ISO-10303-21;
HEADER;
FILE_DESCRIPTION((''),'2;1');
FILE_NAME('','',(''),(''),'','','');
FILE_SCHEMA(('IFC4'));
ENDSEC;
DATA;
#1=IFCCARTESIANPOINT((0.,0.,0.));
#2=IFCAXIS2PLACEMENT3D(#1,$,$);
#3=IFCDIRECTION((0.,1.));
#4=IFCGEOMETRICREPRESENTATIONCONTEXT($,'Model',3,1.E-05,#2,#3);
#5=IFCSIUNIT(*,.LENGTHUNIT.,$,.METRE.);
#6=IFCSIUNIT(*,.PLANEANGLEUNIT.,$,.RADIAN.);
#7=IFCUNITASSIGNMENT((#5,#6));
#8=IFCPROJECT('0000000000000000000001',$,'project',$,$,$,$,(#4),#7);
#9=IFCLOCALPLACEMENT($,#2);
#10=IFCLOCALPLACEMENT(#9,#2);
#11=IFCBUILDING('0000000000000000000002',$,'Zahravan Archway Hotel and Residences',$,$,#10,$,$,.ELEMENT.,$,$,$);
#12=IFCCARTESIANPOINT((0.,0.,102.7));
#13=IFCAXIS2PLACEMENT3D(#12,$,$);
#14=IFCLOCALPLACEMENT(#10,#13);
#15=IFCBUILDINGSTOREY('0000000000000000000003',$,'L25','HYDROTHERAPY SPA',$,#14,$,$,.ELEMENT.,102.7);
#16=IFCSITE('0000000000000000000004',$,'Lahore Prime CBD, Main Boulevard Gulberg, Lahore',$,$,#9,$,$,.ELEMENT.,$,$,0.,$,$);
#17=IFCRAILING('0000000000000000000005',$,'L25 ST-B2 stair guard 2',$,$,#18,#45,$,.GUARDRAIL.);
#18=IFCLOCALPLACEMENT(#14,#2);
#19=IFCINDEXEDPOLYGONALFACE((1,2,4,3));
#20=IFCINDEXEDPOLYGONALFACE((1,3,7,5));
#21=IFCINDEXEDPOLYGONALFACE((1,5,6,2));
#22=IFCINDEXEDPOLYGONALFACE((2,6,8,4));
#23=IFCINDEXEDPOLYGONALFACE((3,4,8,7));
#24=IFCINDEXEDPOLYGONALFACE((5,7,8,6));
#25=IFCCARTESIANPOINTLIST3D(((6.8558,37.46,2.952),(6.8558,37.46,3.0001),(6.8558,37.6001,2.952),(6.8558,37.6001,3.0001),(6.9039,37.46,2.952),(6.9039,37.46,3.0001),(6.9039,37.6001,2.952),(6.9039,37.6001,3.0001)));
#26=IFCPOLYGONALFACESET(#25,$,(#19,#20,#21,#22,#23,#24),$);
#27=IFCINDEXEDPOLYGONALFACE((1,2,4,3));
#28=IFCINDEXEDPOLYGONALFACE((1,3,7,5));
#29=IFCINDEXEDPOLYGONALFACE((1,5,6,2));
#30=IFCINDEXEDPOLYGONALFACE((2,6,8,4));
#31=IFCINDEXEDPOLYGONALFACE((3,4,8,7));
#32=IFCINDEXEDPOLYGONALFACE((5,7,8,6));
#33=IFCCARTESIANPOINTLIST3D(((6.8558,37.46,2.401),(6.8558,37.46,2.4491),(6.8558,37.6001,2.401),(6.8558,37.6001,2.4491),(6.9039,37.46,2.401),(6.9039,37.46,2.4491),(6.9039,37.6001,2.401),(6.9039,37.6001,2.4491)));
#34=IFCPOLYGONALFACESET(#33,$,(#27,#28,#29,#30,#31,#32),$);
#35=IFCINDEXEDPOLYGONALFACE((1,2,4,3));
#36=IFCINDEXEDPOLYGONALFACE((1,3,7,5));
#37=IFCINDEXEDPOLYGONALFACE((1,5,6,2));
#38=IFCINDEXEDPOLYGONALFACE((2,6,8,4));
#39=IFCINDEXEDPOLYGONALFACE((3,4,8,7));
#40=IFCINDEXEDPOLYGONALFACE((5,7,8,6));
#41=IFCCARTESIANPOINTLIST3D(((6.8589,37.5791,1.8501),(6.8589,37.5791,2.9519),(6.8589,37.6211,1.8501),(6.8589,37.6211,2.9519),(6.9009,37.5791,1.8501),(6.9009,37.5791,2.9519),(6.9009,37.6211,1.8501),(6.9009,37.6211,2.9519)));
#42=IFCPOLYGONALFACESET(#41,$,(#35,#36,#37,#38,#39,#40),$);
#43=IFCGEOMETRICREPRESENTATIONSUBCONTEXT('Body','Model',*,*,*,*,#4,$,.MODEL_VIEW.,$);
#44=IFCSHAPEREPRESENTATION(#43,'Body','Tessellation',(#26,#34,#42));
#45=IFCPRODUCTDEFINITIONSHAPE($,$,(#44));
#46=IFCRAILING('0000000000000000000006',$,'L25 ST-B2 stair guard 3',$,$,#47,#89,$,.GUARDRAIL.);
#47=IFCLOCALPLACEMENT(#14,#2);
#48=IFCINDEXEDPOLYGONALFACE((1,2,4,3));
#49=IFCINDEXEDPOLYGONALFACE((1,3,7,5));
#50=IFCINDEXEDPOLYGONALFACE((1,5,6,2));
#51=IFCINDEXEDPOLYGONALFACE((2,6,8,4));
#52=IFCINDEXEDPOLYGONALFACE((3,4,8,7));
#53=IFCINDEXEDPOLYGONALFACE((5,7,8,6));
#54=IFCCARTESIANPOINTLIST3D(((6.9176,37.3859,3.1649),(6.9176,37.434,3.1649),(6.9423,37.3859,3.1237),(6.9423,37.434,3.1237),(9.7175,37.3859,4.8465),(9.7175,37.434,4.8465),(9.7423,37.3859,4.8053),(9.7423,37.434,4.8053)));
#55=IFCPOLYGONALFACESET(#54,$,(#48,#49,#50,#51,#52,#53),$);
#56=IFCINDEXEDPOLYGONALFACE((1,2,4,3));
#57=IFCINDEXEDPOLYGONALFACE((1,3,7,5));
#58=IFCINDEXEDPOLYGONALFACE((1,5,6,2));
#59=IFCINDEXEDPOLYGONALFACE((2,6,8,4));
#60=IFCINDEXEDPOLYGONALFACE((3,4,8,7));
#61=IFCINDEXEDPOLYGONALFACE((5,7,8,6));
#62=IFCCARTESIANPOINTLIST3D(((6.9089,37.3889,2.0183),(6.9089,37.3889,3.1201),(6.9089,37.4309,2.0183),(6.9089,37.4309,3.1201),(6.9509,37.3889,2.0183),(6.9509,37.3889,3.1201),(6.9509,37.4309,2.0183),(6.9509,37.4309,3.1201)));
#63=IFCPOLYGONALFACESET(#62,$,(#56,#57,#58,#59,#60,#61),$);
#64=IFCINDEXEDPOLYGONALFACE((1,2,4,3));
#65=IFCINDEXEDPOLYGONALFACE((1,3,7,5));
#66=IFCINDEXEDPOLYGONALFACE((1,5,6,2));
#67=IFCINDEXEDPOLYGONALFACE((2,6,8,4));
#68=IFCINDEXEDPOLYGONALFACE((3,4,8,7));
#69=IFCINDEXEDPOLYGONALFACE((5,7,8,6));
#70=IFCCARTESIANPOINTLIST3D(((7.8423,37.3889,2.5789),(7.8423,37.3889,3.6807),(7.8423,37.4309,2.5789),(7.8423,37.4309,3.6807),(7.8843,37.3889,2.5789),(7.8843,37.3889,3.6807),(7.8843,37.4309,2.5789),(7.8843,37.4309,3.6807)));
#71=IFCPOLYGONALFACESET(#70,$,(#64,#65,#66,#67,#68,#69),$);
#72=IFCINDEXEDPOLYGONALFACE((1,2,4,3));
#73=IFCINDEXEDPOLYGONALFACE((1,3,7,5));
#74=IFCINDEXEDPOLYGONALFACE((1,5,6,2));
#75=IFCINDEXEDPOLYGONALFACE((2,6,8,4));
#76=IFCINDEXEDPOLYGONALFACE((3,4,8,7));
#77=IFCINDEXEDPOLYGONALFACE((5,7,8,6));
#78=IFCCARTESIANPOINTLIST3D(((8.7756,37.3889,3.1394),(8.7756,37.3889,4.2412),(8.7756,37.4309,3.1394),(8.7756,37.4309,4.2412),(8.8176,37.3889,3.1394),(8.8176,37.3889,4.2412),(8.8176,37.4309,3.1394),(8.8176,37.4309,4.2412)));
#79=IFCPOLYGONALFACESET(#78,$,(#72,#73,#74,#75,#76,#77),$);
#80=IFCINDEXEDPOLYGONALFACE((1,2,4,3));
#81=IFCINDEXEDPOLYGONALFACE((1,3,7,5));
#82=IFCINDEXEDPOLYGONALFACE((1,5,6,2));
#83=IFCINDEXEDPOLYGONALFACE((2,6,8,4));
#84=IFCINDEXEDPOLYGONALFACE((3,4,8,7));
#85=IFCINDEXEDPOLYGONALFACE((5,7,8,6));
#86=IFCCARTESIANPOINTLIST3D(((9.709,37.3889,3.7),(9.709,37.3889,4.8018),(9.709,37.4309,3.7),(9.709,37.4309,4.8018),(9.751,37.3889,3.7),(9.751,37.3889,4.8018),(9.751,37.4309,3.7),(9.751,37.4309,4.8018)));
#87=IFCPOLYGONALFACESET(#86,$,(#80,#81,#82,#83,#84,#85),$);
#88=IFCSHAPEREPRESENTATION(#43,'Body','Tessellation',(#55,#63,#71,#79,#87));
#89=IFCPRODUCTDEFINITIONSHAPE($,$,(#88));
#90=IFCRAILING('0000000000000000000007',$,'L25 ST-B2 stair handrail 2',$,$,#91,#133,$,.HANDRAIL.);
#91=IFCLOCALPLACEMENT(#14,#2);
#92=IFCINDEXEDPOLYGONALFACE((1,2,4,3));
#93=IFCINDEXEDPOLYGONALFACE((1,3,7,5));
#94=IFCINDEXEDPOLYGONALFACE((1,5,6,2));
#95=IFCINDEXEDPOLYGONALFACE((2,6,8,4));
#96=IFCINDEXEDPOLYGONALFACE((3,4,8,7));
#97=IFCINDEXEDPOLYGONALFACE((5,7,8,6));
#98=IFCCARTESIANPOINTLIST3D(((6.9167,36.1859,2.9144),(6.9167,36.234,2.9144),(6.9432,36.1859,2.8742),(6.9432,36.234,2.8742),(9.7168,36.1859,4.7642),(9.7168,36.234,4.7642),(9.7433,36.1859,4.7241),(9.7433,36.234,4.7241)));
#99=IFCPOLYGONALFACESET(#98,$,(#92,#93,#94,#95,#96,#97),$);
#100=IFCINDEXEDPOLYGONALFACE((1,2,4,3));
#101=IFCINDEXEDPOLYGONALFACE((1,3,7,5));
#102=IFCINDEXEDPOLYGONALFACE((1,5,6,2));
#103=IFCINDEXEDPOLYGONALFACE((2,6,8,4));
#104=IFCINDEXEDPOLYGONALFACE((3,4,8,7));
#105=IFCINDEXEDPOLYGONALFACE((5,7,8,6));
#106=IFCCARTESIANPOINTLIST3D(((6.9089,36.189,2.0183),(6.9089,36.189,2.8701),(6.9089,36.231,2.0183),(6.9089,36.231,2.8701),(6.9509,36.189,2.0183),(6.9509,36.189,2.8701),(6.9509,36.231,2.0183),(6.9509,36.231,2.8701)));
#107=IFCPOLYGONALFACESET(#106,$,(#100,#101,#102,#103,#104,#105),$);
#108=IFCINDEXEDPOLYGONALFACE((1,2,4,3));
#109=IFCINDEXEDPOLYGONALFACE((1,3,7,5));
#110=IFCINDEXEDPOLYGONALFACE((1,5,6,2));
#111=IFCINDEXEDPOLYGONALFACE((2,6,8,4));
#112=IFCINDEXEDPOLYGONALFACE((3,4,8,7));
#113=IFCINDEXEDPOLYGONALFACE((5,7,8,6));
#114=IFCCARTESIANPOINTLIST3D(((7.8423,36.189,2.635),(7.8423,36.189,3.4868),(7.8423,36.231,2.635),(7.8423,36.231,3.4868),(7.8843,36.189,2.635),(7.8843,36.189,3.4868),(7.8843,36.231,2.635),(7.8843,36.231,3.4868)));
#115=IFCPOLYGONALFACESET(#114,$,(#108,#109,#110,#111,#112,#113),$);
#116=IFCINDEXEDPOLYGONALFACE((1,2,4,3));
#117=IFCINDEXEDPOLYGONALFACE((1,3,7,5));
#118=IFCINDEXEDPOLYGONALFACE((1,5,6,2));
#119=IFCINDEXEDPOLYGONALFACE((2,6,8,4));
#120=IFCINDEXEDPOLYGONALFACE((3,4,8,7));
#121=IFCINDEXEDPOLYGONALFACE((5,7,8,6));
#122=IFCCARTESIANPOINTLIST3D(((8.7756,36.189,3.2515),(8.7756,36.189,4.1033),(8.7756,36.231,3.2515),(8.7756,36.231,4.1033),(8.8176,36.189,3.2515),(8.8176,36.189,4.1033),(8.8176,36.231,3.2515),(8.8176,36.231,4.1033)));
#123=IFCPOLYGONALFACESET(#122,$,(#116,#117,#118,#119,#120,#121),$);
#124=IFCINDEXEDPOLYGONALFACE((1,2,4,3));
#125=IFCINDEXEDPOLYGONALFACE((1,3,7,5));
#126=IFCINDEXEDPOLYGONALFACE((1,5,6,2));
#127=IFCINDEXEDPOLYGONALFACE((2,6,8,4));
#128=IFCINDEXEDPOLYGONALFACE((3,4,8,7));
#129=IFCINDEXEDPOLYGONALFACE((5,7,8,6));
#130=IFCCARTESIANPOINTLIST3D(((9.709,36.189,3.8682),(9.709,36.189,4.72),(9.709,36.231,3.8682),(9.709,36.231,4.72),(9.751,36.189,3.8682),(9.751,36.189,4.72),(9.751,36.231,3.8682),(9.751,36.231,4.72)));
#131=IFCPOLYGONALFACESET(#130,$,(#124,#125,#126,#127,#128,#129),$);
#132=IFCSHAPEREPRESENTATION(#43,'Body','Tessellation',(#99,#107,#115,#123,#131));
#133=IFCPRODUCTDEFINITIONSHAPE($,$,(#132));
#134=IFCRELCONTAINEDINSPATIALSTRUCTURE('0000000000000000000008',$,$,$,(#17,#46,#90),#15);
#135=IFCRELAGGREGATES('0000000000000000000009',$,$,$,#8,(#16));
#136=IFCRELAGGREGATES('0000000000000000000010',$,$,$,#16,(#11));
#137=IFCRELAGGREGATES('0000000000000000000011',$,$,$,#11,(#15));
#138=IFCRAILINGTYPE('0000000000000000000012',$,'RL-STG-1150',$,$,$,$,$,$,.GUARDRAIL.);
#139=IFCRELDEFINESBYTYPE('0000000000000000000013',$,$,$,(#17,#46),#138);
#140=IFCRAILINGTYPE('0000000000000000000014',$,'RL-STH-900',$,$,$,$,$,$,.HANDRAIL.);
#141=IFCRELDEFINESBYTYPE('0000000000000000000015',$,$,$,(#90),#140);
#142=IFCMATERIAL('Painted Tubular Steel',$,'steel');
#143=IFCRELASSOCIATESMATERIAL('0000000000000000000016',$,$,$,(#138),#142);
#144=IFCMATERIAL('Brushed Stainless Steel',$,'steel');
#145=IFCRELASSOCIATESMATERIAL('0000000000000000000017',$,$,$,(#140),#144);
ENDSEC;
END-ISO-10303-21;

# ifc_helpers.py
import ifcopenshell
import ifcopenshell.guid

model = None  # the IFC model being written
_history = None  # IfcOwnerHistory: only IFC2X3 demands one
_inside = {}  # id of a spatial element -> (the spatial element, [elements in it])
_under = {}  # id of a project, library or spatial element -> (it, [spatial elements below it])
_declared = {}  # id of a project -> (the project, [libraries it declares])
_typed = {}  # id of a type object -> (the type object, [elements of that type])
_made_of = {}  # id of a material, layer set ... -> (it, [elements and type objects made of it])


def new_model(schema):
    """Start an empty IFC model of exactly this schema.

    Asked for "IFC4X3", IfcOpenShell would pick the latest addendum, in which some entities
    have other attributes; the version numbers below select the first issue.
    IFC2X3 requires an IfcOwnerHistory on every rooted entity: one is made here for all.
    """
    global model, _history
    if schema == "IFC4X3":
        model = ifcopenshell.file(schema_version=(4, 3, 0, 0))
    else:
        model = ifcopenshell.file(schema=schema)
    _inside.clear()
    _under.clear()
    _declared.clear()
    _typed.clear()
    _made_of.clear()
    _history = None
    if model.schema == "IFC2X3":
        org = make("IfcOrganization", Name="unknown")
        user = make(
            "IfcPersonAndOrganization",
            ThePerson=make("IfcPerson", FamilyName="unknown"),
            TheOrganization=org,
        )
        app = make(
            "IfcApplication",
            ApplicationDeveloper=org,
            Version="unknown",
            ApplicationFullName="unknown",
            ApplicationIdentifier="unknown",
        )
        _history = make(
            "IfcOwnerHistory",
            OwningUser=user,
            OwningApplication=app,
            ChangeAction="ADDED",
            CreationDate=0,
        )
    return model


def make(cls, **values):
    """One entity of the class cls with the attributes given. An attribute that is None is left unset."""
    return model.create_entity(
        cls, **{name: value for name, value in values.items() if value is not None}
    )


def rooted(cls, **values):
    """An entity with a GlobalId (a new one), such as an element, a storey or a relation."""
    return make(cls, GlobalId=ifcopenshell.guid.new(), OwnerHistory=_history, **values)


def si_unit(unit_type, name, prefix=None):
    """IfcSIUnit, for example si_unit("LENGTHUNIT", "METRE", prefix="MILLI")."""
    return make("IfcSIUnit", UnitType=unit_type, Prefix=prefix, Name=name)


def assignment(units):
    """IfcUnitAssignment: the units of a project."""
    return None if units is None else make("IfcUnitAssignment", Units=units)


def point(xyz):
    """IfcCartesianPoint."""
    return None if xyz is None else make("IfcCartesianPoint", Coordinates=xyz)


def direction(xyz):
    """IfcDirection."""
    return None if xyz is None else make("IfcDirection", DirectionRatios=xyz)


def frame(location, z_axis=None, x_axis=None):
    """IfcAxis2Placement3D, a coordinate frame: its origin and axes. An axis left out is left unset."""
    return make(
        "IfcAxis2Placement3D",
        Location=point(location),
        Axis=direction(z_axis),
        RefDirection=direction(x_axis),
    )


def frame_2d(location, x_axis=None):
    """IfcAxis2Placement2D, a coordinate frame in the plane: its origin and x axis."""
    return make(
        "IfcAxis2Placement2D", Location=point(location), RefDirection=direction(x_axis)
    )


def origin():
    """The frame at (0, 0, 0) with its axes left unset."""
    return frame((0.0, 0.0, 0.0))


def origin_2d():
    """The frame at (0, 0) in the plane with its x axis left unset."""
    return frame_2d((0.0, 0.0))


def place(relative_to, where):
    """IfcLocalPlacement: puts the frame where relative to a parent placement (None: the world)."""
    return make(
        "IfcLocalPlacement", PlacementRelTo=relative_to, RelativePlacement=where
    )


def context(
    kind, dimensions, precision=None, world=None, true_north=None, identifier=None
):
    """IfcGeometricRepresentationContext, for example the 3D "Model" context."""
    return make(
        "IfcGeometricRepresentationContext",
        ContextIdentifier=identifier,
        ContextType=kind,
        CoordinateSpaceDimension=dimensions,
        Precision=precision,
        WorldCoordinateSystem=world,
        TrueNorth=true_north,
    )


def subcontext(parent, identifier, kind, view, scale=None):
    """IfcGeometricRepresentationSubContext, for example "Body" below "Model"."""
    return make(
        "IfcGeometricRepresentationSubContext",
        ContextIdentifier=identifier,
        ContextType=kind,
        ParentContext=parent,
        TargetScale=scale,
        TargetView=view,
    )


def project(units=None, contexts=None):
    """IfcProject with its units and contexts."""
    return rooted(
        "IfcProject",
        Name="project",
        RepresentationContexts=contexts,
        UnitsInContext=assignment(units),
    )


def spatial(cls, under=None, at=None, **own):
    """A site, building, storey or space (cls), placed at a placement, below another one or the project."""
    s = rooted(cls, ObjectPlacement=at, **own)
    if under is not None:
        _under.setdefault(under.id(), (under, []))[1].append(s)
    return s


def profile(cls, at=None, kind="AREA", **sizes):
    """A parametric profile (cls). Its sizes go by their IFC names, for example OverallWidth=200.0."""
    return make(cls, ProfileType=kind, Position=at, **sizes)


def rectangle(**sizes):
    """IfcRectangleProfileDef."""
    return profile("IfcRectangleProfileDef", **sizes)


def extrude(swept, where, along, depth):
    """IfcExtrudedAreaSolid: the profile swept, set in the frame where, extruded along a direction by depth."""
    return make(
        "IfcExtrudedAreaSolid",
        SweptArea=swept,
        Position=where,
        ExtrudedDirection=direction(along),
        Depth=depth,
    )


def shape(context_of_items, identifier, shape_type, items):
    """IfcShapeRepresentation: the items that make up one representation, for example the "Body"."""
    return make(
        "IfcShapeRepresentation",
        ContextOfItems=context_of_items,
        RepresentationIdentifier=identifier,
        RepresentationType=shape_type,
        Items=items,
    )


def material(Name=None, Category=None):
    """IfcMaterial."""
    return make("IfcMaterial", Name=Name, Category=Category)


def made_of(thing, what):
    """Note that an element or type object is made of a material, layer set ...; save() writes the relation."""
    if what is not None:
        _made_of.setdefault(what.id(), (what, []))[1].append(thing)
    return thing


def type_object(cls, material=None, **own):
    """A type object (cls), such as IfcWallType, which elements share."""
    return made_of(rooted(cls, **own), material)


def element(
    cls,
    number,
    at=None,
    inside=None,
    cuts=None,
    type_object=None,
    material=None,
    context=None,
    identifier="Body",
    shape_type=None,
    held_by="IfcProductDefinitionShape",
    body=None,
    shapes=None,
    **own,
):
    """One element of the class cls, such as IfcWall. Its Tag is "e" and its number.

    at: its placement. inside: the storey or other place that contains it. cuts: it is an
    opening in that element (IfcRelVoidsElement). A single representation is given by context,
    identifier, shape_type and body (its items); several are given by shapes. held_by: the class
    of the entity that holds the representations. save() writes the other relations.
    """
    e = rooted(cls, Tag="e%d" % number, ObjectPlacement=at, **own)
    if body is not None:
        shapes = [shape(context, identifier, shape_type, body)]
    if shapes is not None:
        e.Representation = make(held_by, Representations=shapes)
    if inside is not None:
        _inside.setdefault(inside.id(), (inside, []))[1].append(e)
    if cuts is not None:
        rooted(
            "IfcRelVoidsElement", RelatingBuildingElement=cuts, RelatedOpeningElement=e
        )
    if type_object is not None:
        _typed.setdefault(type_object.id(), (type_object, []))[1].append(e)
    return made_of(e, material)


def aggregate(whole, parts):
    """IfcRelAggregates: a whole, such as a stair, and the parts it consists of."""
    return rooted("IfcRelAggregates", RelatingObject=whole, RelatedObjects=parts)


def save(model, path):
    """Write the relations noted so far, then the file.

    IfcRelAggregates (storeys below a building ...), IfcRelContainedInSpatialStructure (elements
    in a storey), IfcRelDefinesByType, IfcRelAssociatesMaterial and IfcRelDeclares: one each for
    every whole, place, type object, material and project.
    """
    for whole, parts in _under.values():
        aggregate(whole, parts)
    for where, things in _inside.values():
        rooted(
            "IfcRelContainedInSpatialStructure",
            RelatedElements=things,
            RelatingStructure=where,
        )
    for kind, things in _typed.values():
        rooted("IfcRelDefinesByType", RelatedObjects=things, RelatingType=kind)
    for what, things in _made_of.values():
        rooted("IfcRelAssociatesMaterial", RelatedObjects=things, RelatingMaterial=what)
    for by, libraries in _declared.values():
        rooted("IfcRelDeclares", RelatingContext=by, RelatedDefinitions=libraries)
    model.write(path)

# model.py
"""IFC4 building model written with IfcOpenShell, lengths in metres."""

from ifc_helpers import new_model, si_unit, direction, frame, origin, origin_2d, place, context, subcontext, project, spatial, rectangle, extrude, material, type_object, element, save


model = new_model("IFC4")

# Units and contexts
model_context = context("Model", 3, precision=1e-05, world=origin(), true_north=direction((0.0, 1.0)))
body_context = subcontext(model_context, "Body", "Model", "MODEL_VIEW")
ifc_project = project(units=[si_unit("LENGTHUNIT", "METRE"), si_unit("PLANEANGLEUNIT", "RADIAN")], contexts=[model_context])

# Site, building, storey
site_placement = place(None, origin())
site = spatial("IfcSite", under=ifc_project, at=site_placement, Name="Lahore Prime CBD, Main Boulevard Gulberg, Lahore", CompositionType="ELEMENT", RefElevation=0.0)
building_placement = place(site_placement, origin())
building = spatial("IfcBuilding", under=site, at=building_placement, Name="Zahravan Archway Hotel and Residences", CompositionType="ELEMENT")
storey_placement = place(building_placement, frame((0.0, 0.0, 102.7)))
storey = spatial("IfcBuildingStorey", under=building, at=storey_placement, Name="L25", Description="HYDROTHERAPY SPA", CompositionType="ELEMENT", Elevation=102.7)

# Railings
ifc_material_1 = material(Name="Painted Tubular Steel", Category="steel")
railing_type_1 = type_object("IfcRailingType", Name="RL-STG-1150", PredefinedType="GUARDRAIL", material=ifc_material_1)
railing_1_placement = place(storey_placement, frame((6.8799, 37.6001, 1.8501)))
element("IfcRailing", 1, at=railing_1_placement, inside=storey, type_object=railing_type_1, Name="L25 ST-B2 stair guard 2", PredefinedType="GUARDRAIL", context=body_context, shape_type="SweptSolid", body=[
    extrude(rectangle(XDim=0.0481, YDim=0.0481, at=origin_2d()), frame((0.0, 0.0, 1.126), z_axis=(0.0, -1.0, 0.0), x_axis=(1.0, 0.0, 0.0)), (0.0, 0.0, 1.0), 0.1401),
    extrude(rectangle(XDim=0.0481, YDim=0.0481, at=origin_2d()), frame((0.0, 0.0, 0.575), z_axis=(0.0, -1.0, 0.0), x_axis=(1.0, 0.0, 0.0)), (0.0, 0.0, 1.0), 0.1401),
    extrude(rectangle(XDim=0.042, YDim=0.042, at=origin_2d()), origin(), (0.0, 0.0, 1.0), 1.1018),
])
railing_2_placement = place(storey_placement, frame((6.9299, 37.4099, 2.0183)))
element("IfcRailing", 2, at=railing_2_placement, inside=storey, type_object=railing_type_1, Name="L25 ST-B2 stair guard 3", PredefinedType="GUARDRAIL", context=body_context, shape_type="SweptSolid", body=[
    extrude(rectangle(XDim=0.0481, YDim=0.0481, at=origin_2d()), frame((0.0, 0.0, 1.126), z_axis=(0.857275, 0.0, 0.514858), x_axis=(0.0, 1.0, 0.0)), (0.0, 0.0, 1.0), 3.2661),
    extrude(rectangle(XDim=0.042, YDim=0.042, at=origin_2d()), origin(), (0.0, 0.0, 1.0), 1.1018),
    extrude(rectangle(XDim=0.042, YDim=0.042, at=origin_2d()), frame((0.9333, 0.0, 0.5605)), (0.0, 0.0, 1.0), 1.1018),
    extrude(rectangle(XDim=0.042, YDim=0.042, at=origin_2d()), frame((1.8667, 0.0, 1.1211)), (0.0, 0.0, 1.0), 1.1018),
    extrude(rectangle(XDim=0.042, YDim=0.042, at=origin_2d()), frame((2.8, 0.0, 1.6816)), (0.0, 0.0, 1.0), 1.1018),
])
ifc_material_2 = material(Name="Brushed Stainless Steel", Category="steel")
railing_type_2 = type_object("IfcRailingType", Name="RL-STH-900", PredefinedType="HANDRAIL", material=ifc_material_2)
railing_3_placement = place(storey_placement, frame((6.9299, 36.21, 2.0183)))
element("IfcRailing", 3, at=railing_3_placement, inside=storey, type_object=railing_type_2, Name="L25 ST-B2 stair handrail 2", PredefinedType="HANDRAIL", context=body_context, shape_type="SweptSolid", body=[
    extrude(rectangle(XDim=0.0481, YDim=0.0481, at=origin_2d()), frame((0.0, 0.0, 0.876), z_axis=(0.83436, 0.0, 0.55122), x_axis=(0.0, 1.0, 0.0)), (0.0, 0.0, 1.0), 3.356),
    extrude(rectangle(XDim=0.042, YDim=0.042, at=origin_2d()), origin(), (0.0, 0.0, 1.0), 0.8518),
    extrude(rectangle(XDim=0.042, YDim=0.042, at=origin_2d()), frame((0.9333, 0.0, 0.6167)), (0.0, 0.0, 1.0), 0.8518),
    extrude(rectangle(XDim=0.042, YDim=0.042, at=origin_2d()), frame((1.8667, 0.0, 1.2332)), (0.0, 0.0, 1.0), 0.8518),
    extrude(rectangle(XDim=0.042, YDim=0.042, at=origin_2d()), frame((2.8, 0.0, 1.8499)), (0.0, 0.0, 1.0), 0.8518),
])

save(model, "model.ifc")
